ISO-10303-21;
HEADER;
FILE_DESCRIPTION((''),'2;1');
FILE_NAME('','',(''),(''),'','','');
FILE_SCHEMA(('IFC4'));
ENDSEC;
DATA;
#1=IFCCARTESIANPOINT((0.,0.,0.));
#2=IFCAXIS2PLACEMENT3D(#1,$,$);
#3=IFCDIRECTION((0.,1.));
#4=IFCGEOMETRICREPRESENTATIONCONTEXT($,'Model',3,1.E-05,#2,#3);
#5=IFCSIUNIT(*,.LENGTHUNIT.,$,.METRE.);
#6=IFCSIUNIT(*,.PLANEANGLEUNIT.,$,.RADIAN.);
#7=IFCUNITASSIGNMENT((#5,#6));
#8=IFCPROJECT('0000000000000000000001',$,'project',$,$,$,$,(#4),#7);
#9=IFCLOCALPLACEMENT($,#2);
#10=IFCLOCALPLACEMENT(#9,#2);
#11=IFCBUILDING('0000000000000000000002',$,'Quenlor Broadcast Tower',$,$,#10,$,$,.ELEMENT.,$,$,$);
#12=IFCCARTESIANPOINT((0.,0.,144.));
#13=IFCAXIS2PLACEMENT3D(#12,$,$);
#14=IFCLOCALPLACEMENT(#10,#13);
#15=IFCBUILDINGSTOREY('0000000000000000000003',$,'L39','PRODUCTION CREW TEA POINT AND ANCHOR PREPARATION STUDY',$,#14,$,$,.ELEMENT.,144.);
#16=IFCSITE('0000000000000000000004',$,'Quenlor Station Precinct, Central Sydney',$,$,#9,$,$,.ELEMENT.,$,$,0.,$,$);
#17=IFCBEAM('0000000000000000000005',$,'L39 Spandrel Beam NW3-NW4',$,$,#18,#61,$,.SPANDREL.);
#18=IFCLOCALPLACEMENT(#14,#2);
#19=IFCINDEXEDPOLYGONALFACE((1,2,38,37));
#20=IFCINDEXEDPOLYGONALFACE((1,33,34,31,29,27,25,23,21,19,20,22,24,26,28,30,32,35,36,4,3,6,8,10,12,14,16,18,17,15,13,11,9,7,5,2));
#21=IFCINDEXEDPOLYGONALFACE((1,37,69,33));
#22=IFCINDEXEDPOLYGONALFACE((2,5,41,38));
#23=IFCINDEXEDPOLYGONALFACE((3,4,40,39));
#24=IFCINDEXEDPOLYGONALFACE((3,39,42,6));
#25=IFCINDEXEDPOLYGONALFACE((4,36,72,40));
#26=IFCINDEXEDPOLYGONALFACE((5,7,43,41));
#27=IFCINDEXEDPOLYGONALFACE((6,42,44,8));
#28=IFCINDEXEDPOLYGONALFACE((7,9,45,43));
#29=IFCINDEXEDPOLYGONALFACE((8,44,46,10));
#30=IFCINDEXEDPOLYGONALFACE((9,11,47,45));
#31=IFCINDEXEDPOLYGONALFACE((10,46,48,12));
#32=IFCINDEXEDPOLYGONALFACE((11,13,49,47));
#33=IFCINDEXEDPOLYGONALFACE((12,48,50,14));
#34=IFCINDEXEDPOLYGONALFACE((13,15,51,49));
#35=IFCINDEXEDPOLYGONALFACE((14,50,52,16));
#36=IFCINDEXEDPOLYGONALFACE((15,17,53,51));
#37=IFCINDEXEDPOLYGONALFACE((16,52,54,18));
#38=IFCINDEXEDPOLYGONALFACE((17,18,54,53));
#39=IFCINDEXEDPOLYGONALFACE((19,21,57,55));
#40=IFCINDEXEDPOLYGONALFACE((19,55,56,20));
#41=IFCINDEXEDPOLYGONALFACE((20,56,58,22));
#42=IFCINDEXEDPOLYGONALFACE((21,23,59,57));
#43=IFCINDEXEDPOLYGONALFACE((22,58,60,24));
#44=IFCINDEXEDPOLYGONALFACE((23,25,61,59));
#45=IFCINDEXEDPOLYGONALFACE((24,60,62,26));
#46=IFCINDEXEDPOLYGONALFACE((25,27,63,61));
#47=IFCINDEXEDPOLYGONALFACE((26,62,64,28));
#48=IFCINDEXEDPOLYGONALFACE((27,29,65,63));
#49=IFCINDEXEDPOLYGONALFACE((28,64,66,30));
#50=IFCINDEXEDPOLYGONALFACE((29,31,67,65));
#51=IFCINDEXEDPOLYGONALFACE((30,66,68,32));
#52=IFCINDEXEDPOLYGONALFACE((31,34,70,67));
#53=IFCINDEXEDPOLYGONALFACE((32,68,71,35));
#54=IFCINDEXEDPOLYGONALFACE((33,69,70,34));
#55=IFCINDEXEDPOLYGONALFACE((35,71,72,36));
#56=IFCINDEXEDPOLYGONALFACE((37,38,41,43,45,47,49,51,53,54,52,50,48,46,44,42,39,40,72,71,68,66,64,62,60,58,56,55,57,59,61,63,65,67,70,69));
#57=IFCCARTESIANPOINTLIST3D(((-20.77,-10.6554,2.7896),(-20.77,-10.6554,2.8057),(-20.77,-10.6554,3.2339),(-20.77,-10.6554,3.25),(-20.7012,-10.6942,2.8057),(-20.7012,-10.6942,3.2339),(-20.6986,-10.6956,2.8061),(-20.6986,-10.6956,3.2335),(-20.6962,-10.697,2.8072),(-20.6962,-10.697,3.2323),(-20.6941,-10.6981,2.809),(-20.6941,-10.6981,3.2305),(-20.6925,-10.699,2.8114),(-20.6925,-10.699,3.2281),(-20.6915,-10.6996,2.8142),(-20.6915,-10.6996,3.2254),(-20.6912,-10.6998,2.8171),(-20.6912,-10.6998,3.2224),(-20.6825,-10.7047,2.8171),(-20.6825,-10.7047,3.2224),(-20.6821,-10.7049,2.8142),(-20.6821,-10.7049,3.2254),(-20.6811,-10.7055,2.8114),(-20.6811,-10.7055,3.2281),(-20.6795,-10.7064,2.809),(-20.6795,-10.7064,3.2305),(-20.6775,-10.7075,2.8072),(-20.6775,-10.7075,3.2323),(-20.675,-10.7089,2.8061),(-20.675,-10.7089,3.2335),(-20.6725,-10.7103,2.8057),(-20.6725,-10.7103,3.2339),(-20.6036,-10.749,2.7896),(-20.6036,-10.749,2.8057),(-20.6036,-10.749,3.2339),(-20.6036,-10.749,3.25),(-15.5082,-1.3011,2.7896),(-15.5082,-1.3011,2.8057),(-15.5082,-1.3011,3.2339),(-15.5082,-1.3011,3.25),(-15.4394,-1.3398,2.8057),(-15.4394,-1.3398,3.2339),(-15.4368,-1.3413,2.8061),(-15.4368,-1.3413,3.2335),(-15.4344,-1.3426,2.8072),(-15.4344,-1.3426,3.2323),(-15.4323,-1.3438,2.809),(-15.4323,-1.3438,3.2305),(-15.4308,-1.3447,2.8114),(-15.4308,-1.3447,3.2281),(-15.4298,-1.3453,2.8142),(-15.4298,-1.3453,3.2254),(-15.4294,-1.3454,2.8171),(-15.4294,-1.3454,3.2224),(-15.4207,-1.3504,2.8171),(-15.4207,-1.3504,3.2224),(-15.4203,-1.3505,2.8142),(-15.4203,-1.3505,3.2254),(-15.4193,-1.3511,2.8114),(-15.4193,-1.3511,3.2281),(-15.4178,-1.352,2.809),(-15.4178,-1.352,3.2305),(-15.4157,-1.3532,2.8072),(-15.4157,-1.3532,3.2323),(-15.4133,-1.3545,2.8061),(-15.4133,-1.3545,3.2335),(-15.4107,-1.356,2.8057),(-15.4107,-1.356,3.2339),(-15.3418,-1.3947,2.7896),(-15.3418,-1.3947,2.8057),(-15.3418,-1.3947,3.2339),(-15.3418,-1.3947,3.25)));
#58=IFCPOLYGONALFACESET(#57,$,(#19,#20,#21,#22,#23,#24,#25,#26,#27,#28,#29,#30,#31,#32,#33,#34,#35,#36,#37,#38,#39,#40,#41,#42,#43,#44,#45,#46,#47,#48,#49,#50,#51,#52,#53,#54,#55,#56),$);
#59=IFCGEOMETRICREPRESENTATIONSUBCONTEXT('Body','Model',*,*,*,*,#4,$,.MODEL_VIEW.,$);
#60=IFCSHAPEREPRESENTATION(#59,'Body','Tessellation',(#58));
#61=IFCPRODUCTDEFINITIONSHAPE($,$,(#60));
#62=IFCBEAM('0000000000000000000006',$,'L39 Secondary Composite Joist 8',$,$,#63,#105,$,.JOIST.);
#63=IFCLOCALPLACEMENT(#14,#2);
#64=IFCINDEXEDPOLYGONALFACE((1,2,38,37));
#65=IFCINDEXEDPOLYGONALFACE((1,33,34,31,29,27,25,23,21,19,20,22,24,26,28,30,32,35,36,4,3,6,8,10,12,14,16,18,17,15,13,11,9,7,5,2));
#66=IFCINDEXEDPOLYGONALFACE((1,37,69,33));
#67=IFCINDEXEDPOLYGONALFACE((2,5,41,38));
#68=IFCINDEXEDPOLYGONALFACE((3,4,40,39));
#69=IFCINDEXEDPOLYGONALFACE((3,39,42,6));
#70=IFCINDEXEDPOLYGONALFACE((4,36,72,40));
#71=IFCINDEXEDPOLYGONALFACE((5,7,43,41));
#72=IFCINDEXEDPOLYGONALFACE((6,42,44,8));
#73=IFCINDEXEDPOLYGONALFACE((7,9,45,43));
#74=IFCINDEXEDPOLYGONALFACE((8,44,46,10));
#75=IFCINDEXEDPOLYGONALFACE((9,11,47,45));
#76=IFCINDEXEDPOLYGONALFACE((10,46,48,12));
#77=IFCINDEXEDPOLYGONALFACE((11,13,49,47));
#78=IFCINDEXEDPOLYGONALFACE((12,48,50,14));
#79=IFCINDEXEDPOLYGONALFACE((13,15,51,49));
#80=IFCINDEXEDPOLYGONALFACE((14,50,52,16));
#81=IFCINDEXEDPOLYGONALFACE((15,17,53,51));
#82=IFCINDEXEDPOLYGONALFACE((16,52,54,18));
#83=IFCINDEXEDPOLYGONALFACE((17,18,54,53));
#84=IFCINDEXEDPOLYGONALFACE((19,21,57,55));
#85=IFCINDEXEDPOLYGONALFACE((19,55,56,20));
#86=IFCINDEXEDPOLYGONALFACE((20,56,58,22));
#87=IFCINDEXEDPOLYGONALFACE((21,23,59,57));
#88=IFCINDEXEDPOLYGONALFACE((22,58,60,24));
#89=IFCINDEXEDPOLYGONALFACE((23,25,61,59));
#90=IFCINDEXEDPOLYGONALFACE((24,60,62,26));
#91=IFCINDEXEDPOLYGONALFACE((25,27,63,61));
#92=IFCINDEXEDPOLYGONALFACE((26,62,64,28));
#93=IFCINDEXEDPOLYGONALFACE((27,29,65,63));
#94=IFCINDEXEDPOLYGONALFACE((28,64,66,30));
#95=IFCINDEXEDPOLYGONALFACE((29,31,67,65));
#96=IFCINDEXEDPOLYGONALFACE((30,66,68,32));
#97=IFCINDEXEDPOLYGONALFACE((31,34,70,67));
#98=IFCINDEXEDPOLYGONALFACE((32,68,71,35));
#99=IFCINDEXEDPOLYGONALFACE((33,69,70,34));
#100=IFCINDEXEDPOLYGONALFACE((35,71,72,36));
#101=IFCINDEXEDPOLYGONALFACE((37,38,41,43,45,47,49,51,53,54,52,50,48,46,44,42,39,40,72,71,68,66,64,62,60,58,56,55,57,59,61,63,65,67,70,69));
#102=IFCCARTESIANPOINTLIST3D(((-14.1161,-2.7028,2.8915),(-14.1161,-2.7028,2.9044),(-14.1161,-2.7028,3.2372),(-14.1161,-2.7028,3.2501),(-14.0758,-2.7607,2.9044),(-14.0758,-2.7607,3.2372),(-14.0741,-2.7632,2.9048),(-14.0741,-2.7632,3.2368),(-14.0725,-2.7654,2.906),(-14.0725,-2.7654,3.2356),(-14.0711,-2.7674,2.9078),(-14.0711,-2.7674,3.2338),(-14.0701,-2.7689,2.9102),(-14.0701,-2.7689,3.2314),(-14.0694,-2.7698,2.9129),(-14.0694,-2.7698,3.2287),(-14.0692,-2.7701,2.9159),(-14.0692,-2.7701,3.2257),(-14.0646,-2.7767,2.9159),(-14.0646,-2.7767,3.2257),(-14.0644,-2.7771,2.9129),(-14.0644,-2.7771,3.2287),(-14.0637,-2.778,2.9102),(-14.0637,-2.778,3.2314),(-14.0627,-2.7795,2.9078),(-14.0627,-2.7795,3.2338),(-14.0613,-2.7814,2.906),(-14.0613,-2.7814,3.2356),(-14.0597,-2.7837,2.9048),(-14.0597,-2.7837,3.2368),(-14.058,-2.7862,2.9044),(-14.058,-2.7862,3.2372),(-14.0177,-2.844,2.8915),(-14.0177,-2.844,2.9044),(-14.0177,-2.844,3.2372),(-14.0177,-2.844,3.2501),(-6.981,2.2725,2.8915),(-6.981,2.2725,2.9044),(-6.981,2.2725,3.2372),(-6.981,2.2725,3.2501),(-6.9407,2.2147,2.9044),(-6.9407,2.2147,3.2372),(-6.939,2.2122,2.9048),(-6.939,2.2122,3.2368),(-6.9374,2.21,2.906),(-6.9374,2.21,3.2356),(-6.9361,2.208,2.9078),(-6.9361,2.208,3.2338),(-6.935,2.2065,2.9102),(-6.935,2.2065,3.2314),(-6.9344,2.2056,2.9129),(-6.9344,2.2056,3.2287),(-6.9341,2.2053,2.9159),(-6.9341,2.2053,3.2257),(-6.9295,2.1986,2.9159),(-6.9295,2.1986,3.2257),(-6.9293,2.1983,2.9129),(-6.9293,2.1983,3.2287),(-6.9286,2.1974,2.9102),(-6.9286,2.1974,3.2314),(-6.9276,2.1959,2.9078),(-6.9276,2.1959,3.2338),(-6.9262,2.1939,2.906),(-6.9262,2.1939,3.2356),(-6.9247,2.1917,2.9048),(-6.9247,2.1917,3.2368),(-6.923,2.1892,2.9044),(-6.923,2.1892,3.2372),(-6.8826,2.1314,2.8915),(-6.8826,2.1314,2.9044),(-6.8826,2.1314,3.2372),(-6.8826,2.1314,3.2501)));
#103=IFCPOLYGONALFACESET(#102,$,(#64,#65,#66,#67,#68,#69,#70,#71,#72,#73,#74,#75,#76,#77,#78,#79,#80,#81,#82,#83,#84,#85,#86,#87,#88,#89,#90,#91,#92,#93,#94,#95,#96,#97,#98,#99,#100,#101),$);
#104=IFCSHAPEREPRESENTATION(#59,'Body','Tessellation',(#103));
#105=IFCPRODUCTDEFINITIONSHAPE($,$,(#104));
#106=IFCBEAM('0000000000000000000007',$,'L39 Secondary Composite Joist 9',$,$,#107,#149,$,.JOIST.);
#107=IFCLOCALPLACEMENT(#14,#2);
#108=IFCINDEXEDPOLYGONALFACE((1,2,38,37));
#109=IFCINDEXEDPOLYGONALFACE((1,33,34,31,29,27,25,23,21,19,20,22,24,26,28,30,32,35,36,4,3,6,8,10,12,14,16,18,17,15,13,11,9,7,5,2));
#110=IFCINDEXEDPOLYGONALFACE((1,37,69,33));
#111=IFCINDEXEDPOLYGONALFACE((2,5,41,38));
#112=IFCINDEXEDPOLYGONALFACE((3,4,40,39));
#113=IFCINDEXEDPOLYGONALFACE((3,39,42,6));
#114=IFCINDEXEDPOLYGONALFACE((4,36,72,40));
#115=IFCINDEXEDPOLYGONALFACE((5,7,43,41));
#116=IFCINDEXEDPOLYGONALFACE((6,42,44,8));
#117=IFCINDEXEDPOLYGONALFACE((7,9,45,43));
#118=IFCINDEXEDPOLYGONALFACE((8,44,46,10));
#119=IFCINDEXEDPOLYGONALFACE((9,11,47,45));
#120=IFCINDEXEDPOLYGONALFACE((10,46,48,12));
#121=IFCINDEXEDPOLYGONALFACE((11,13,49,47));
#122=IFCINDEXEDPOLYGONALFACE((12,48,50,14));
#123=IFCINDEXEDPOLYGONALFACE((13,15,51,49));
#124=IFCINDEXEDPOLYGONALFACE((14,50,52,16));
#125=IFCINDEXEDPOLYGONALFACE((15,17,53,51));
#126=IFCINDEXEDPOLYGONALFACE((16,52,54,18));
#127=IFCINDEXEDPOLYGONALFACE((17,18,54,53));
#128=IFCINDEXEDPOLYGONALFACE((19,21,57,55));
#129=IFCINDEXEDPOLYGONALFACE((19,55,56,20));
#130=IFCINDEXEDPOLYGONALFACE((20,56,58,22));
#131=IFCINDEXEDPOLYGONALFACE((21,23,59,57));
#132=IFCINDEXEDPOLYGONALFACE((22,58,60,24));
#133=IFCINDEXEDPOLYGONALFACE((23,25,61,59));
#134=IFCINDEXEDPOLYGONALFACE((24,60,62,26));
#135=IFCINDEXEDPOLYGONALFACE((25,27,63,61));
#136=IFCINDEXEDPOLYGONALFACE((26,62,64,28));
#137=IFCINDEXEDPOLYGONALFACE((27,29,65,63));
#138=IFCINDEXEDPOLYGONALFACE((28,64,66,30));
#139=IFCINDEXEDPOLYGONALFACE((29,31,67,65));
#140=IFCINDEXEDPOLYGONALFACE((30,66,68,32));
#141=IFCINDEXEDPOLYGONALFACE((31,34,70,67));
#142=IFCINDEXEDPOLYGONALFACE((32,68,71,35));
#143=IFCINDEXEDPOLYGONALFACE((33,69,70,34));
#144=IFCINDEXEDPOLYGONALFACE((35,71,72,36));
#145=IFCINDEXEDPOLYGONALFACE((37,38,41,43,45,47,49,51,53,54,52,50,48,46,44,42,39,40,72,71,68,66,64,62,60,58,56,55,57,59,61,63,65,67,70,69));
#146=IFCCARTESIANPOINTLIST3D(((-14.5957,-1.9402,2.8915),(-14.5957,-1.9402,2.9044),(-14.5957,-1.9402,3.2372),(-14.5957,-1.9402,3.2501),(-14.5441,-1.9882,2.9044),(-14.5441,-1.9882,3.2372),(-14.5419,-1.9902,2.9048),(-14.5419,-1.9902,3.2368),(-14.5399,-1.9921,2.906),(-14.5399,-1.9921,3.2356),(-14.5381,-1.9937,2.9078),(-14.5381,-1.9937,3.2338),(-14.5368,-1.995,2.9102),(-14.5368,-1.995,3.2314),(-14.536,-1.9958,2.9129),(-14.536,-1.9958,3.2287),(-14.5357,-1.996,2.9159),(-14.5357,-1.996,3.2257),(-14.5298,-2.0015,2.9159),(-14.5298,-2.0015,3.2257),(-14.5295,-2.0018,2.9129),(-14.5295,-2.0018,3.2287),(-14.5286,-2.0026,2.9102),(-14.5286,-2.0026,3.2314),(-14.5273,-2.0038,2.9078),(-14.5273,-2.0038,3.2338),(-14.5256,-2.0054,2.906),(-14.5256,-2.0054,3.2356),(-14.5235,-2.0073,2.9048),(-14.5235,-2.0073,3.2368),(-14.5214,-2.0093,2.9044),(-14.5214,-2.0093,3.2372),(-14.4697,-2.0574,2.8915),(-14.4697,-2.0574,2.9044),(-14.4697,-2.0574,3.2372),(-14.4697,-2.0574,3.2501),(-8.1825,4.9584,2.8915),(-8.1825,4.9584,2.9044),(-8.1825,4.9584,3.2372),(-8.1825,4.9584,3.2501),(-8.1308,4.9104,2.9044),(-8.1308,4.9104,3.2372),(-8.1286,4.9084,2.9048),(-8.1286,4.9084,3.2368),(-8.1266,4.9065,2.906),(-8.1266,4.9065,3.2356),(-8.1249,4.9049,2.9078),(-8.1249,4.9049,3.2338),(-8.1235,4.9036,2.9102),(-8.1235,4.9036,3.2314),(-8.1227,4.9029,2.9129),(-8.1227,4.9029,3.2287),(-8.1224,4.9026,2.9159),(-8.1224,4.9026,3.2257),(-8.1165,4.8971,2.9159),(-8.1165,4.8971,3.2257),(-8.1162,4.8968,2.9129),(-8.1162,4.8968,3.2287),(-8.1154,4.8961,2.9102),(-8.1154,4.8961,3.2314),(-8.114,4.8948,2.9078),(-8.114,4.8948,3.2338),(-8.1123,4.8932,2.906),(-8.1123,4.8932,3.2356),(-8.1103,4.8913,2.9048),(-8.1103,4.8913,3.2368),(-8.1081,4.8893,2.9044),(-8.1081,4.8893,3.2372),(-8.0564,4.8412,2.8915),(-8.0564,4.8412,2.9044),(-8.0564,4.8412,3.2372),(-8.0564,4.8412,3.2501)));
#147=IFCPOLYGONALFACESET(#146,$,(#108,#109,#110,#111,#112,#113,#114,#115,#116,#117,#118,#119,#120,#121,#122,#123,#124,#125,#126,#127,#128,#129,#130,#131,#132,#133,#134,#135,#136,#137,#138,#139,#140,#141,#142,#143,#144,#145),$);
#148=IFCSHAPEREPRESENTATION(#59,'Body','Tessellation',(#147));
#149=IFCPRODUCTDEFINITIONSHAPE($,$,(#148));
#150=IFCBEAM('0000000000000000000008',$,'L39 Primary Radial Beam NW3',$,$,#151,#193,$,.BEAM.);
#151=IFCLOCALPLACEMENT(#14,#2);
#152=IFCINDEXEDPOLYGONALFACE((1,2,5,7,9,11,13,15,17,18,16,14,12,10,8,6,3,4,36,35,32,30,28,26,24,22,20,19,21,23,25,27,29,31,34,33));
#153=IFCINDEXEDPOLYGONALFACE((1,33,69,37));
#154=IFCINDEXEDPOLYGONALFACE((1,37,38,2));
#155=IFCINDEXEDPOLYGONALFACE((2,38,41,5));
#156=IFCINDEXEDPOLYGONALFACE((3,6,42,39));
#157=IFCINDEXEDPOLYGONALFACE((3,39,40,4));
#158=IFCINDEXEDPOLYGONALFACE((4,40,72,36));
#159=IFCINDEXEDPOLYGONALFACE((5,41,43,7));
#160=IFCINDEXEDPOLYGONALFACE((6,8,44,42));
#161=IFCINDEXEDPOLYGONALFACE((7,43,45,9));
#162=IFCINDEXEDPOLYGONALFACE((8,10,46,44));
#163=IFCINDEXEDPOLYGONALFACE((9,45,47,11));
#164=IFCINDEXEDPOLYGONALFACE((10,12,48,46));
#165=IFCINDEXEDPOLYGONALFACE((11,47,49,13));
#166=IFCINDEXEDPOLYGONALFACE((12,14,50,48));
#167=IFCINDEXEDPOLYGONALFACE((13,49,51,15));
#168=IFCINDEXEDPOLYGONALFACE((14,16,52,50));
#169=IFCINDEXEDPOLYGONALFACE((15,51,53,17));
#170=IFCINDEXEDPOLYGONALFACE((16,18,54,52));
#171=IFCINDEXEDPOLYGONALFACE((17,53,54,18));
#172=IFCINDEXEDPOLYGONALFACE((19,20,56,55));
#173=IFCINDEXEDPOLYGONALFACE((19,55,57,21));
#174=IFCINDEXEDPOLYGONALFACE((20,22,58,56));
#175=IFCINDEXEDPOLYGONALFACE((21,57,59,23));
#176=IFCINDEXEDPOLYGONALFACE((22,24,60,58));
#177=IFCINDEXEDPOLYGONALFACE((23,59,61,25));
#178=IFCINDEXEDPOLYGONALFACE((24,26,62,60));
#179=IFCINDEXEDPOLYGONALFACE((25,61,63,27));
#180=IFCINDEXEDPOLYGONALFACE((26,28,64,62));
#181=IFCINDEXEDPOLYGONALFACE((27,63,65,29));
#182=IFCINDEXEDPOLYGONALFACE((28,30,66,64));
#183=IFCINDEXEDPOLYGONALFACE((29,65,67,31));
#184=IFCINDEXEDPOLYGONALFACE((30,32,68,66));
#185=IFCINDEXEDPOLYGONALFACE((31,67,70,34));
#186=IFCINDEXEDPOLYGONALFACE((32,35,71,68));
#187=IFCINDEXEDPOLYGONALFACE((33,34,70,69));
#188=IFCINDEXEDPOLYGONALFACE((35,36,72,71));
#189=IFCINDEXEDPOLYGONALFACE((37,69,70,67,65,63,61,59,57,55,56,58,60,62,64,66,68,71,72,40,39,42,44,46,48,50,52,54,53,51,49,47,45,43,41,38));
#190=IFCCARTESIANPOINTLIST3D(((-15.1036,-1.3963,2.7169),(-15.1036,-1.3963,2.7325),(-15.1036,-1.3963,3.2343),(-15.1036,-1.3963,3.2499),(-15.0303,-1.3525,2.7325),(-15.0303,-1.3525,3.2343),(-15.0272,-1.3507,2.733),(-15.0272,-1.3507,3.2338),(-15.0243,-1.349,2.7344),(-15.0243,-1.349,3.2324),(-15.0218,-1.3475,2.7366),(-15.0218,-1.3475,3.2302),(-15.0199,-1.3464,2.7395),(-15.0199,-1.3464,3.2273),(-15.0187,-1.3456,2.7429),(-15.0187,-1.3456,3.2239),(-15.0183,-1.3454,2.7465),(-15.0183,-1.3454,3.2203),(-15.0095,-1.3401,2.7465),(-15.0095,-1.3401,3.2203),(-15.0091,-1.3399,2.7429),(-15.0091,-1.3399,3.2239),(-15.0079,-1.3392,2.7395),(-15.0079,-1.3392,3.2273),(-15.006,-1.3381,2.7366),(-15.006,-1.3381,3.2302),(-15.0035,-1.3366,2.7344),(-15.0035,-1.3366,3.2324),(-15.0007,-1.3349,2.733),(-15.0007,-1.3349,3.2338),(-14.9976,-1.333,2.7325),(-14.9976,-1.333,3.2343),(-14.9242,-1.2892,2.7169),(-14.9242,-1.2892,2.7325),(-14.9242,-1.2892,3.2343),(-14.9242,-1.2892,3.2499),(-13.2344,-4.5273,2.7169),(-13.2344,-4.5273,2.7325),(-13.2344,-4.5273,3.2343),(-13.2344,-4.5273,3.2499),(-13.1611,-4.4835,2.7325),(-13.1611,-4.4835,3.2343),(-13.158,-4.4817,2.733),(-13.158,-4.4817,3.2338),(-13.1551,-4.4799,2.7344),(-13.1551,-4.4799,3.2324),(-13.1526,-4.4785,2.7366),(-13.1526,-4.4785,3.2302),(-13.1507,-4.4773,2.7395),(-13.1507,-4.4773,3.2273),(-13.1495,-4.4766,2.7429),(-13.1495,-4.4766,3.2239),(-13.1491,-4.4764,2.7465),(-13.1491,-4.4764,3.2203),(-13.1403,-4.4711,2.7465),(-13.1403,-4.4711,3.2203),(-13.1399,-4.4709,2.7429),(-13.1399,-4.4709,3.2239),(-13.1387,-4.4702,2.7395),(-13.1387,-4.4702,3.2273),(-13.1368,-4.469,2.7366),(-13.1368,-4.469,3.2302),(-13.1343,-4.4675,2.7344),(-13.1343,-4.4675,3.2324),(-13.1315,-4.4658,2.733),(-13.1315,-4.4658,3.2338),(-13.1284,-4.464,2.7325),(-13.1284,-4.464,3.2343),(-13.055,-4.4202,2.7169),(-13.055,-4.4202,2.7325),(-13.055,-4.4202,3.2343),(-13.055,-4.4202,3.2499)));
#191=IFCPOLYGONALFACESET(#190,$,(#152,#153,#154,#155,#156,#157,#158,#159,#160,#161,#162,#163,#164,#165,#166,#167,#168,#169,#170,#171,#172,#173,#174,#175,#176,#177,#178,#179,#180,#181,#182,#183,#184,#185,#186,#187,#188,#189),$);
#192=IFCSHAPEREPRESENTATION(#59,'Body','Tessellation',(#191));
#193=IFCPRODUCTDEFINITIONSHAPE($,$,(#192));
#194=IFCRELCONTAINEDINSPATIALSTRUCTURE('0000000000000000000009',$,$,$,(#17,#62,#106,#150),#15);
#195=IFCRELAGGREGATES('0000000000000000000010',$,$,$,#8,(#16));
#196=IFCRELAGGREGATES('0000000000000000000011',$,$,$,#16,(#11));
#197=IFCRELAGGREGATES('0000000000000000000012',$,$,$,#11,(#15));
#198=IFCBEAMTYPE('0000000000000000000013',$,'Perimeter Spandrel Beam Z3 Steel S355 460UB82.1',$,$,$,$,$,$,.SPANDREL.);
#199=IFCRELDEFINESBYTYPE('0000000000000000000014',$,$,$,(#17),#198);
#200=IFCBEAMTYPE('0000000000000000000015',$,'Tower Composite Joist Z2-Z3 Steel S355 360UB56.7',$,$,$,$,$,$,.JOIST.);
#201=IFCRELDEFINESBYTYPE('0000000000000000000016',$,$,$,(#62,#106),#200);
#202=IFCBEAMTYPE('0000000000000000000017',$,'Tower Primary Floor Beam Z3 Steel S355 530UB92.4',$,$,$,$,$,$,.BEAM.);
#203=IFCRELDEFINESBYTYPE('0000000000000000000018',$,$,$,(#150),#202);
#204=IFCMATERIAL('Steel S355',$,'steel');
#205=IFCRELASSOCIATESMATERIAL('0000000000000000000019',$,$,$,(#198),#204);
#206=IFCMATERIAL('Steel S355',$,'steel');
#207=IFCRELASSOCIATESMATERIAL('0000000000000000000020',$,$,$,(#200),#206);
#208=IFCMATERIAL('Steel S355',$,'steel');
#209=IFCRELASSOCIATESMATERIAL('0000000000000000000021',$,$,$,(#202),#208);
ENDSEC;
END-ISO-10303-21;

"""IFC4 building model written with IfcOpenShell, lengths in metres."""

from ifc_helpers import new_model, si_unit, direction, frame, origin, origin_2d, place, context, subcontext, project, spatial, i_section, extrude, material, material_profile, profile_set, type_object, element, save


model = new_model("IFC4")

# Units and contexts
model_context = context("Model", 3, precision=1e-05, world=origin(), true_north=direction((0.0, 1.0)))
body_context = subcontext(model_context, "Body", "Model", "MODEL_VIEW")
ifc_project = project(units=[si_unit("LENGTHUNIT", "METRE"), si_unit("PLANEANGLEUNIT", "RADIAN")], contexts=[model_context])

# Site, building, storey
site_placement = place(None, origin())
site = spatial("IfcSite", under=ifc_project, at=site_placement, Name="Quenlor Station Precinct, Central Sydney", CompositionType="ELEMENT", RefElevation=0.0)
building_placement = place(site_placement, origin())
building = spatial("IfcBuilding", under=site, at=building_placement, Name="Quenlor Broadcast Tower", CompositionType="ELEMENT")
storey_placement = place(building_placement, frame((0.0, 0.0, 144.0)))
storey = spatial("IfcBuildingStorey", under=building, at=storey_placement, Name="L39", Description="PRODUCTION CREW TEA POINT AND ANCHOR PREPARATION STUDY", CompositionType="ELEMENT", Elevation=144.0)

# Beams
ifc_material_1 = material(Name="Steel S355", Category="steel")
ifc_material_profile_1 = material_profile(ifc_material_1, i_section(OverallWidth=0.1909, OverallDepth=0.4604, WebThickness=0.01, FlangeThickness=0.0161, FilletRadius=0.0115, at=origin_2d()))
ifc_profile_set_1 = profile_set([ifc_material_profile_1], Name="Steel S355 460UB82.1")
beam_type_1 = type_object("IfcBeamType", Name="Perimeter Spandrel Beam Z3 Steel S355 460UB82.1", PredefinedType="SPANDREL", material=ifc_profile_set_1)
beam_1_placement = place(storey_placement, frame((-15.425, -1.3479, 3.0198), z_axis=(-0.490258, -0.871577, 0.0), x_axis=(0.871577, -0.490258, 0.0)))
element("IfcBeam", 1, at=beam_1_placement, inside=storey, type_object=beam_type_1, Name="L39 Spandrel Beam NW3-NW4", PredefinedType="SPANDREL", context=body_context, shape_type="SweptSolid", body=[
    extrude(i_section(OverallWidth=0.1909, OverallDepth=0.4604, WebThickness=0.01, FlangeThickness=0.0161, FilletRadius=0.0115, at=origin_2d()), origin(), (0.0, 0.0, 1.0), 10.7327),
])
ifc_material_2 = material(Name="Steel S355", Category="steel")
ifc_material_profile_2 = material_profile(ifc_material_2, i_section(OverallWidth=0.1721, OverallDepth=0.3586, WebThickness=0.0081, FlangeThickness=0.0129, FilletRadius=0.0115, at=origin_2d()))
ifc_profile_set_2 = profile_set([ifc_material_profile_2], Name="Steel S355 360UB56.7")
beam_type_2 = type_object("IfcBeamType", Name="Tower Composite Joist Z2-Z3 Steel S355 360UB56.7", PredefinedType="JOIST", material=ifc_profile_set_2)
beam_2_placement = place(storey_placement, frame((-14.0669, -2.7734, 3.0708), z_axis=(0.820266, 0.571983, 0.0), x_axis=(-0.571983, 0.820266, 0.0)))
element("IfcBeam", 2, at=beam_2_placement, inside=storey, type_object=beam_type_2, Name="L39 Secondary Composite Joist 8", PredefinedType="JOIST", context=body_context, shape_type="SweptSolid", body=[
    extrude(i_section(OverallWidth=0.1721, OverallDepth=0.3586, WebThickness=0.0081, FlangeThickness=0.0129, FilletRadius=0.0115, at=origin_2d()), origin(), (0.0, 0.0, 1.0), 8.6985),
])
beam_3_placement = place(storey_placement, frame((-14.5327, -1.9988, 3.0708), z_axis=(0.680874, 0.732401, 0.0), x_axis=(-0.732401, 0.680874, 0.0)))
element("IfcBeam", 3, at=beam_3_placement, inside=storey, type_object=beam_type_2, Name="L39 Secondary Composite Joist 9", PredefinedType="JOIST", context=body_context, shape_type="SweptSolid", body=[
    extrude(i_section(OverallWidth=0.1721, OverallDepth=0.3586, WebThickness=0.0081, FlangeThickness=0.0129, FilletRadius=0.0115, at=origin_2d()), origin(), (0.0, 0.0, 1.0), 9.4192),
])
ifc_material_3 = material(Name="Steel S355", Category="steel")
ifc_material_profile_3 = material_profile(ifc_material_3, i_section(OverallWidth=0.209, OverallDepth=0.533, WebThickness=0.0103, FlangeThickness=0.0156, FilletRadius=0.0139, at=origin_2d()))
ifc_profile_set_3 = profile_set([ifc_material_profile_3], Name="Steel S355 530UB92.4")
beam_type_3 = type_object("IfcBeamType", Name="Tower Primary Floor Beam Z3 Steel S355 530UB92.4", PredefinedType="BEAM", material=ifc_profile_set_3)
beam_4_placement = place(storey_placement, frame((-15.0139, -1.3428, 2.9834), z_axis=(0.512604, -0.858625, 0.0), x_axis=(0.858625, 0.512604, 0.0)))
element("IfcBeam", 4, at=beam_4_placement, inside=storey, type_object=beam_type_3, Name="L39 Primary Radial Beam NW3", PredefinedType="BEAM", context=body_context, shape_type="SweptSolid", body=[
    extrude(i_section(OverallWidth=0.209, OverallDepth=0.533, WebThickness=0.0103, FlangeThickness=0.0156, FilletRadius=0.0139, at=origin_2d()), origin(), (0.0, 0.0, 1.0), 3.6465),
])

save(model, "model.ifc")
